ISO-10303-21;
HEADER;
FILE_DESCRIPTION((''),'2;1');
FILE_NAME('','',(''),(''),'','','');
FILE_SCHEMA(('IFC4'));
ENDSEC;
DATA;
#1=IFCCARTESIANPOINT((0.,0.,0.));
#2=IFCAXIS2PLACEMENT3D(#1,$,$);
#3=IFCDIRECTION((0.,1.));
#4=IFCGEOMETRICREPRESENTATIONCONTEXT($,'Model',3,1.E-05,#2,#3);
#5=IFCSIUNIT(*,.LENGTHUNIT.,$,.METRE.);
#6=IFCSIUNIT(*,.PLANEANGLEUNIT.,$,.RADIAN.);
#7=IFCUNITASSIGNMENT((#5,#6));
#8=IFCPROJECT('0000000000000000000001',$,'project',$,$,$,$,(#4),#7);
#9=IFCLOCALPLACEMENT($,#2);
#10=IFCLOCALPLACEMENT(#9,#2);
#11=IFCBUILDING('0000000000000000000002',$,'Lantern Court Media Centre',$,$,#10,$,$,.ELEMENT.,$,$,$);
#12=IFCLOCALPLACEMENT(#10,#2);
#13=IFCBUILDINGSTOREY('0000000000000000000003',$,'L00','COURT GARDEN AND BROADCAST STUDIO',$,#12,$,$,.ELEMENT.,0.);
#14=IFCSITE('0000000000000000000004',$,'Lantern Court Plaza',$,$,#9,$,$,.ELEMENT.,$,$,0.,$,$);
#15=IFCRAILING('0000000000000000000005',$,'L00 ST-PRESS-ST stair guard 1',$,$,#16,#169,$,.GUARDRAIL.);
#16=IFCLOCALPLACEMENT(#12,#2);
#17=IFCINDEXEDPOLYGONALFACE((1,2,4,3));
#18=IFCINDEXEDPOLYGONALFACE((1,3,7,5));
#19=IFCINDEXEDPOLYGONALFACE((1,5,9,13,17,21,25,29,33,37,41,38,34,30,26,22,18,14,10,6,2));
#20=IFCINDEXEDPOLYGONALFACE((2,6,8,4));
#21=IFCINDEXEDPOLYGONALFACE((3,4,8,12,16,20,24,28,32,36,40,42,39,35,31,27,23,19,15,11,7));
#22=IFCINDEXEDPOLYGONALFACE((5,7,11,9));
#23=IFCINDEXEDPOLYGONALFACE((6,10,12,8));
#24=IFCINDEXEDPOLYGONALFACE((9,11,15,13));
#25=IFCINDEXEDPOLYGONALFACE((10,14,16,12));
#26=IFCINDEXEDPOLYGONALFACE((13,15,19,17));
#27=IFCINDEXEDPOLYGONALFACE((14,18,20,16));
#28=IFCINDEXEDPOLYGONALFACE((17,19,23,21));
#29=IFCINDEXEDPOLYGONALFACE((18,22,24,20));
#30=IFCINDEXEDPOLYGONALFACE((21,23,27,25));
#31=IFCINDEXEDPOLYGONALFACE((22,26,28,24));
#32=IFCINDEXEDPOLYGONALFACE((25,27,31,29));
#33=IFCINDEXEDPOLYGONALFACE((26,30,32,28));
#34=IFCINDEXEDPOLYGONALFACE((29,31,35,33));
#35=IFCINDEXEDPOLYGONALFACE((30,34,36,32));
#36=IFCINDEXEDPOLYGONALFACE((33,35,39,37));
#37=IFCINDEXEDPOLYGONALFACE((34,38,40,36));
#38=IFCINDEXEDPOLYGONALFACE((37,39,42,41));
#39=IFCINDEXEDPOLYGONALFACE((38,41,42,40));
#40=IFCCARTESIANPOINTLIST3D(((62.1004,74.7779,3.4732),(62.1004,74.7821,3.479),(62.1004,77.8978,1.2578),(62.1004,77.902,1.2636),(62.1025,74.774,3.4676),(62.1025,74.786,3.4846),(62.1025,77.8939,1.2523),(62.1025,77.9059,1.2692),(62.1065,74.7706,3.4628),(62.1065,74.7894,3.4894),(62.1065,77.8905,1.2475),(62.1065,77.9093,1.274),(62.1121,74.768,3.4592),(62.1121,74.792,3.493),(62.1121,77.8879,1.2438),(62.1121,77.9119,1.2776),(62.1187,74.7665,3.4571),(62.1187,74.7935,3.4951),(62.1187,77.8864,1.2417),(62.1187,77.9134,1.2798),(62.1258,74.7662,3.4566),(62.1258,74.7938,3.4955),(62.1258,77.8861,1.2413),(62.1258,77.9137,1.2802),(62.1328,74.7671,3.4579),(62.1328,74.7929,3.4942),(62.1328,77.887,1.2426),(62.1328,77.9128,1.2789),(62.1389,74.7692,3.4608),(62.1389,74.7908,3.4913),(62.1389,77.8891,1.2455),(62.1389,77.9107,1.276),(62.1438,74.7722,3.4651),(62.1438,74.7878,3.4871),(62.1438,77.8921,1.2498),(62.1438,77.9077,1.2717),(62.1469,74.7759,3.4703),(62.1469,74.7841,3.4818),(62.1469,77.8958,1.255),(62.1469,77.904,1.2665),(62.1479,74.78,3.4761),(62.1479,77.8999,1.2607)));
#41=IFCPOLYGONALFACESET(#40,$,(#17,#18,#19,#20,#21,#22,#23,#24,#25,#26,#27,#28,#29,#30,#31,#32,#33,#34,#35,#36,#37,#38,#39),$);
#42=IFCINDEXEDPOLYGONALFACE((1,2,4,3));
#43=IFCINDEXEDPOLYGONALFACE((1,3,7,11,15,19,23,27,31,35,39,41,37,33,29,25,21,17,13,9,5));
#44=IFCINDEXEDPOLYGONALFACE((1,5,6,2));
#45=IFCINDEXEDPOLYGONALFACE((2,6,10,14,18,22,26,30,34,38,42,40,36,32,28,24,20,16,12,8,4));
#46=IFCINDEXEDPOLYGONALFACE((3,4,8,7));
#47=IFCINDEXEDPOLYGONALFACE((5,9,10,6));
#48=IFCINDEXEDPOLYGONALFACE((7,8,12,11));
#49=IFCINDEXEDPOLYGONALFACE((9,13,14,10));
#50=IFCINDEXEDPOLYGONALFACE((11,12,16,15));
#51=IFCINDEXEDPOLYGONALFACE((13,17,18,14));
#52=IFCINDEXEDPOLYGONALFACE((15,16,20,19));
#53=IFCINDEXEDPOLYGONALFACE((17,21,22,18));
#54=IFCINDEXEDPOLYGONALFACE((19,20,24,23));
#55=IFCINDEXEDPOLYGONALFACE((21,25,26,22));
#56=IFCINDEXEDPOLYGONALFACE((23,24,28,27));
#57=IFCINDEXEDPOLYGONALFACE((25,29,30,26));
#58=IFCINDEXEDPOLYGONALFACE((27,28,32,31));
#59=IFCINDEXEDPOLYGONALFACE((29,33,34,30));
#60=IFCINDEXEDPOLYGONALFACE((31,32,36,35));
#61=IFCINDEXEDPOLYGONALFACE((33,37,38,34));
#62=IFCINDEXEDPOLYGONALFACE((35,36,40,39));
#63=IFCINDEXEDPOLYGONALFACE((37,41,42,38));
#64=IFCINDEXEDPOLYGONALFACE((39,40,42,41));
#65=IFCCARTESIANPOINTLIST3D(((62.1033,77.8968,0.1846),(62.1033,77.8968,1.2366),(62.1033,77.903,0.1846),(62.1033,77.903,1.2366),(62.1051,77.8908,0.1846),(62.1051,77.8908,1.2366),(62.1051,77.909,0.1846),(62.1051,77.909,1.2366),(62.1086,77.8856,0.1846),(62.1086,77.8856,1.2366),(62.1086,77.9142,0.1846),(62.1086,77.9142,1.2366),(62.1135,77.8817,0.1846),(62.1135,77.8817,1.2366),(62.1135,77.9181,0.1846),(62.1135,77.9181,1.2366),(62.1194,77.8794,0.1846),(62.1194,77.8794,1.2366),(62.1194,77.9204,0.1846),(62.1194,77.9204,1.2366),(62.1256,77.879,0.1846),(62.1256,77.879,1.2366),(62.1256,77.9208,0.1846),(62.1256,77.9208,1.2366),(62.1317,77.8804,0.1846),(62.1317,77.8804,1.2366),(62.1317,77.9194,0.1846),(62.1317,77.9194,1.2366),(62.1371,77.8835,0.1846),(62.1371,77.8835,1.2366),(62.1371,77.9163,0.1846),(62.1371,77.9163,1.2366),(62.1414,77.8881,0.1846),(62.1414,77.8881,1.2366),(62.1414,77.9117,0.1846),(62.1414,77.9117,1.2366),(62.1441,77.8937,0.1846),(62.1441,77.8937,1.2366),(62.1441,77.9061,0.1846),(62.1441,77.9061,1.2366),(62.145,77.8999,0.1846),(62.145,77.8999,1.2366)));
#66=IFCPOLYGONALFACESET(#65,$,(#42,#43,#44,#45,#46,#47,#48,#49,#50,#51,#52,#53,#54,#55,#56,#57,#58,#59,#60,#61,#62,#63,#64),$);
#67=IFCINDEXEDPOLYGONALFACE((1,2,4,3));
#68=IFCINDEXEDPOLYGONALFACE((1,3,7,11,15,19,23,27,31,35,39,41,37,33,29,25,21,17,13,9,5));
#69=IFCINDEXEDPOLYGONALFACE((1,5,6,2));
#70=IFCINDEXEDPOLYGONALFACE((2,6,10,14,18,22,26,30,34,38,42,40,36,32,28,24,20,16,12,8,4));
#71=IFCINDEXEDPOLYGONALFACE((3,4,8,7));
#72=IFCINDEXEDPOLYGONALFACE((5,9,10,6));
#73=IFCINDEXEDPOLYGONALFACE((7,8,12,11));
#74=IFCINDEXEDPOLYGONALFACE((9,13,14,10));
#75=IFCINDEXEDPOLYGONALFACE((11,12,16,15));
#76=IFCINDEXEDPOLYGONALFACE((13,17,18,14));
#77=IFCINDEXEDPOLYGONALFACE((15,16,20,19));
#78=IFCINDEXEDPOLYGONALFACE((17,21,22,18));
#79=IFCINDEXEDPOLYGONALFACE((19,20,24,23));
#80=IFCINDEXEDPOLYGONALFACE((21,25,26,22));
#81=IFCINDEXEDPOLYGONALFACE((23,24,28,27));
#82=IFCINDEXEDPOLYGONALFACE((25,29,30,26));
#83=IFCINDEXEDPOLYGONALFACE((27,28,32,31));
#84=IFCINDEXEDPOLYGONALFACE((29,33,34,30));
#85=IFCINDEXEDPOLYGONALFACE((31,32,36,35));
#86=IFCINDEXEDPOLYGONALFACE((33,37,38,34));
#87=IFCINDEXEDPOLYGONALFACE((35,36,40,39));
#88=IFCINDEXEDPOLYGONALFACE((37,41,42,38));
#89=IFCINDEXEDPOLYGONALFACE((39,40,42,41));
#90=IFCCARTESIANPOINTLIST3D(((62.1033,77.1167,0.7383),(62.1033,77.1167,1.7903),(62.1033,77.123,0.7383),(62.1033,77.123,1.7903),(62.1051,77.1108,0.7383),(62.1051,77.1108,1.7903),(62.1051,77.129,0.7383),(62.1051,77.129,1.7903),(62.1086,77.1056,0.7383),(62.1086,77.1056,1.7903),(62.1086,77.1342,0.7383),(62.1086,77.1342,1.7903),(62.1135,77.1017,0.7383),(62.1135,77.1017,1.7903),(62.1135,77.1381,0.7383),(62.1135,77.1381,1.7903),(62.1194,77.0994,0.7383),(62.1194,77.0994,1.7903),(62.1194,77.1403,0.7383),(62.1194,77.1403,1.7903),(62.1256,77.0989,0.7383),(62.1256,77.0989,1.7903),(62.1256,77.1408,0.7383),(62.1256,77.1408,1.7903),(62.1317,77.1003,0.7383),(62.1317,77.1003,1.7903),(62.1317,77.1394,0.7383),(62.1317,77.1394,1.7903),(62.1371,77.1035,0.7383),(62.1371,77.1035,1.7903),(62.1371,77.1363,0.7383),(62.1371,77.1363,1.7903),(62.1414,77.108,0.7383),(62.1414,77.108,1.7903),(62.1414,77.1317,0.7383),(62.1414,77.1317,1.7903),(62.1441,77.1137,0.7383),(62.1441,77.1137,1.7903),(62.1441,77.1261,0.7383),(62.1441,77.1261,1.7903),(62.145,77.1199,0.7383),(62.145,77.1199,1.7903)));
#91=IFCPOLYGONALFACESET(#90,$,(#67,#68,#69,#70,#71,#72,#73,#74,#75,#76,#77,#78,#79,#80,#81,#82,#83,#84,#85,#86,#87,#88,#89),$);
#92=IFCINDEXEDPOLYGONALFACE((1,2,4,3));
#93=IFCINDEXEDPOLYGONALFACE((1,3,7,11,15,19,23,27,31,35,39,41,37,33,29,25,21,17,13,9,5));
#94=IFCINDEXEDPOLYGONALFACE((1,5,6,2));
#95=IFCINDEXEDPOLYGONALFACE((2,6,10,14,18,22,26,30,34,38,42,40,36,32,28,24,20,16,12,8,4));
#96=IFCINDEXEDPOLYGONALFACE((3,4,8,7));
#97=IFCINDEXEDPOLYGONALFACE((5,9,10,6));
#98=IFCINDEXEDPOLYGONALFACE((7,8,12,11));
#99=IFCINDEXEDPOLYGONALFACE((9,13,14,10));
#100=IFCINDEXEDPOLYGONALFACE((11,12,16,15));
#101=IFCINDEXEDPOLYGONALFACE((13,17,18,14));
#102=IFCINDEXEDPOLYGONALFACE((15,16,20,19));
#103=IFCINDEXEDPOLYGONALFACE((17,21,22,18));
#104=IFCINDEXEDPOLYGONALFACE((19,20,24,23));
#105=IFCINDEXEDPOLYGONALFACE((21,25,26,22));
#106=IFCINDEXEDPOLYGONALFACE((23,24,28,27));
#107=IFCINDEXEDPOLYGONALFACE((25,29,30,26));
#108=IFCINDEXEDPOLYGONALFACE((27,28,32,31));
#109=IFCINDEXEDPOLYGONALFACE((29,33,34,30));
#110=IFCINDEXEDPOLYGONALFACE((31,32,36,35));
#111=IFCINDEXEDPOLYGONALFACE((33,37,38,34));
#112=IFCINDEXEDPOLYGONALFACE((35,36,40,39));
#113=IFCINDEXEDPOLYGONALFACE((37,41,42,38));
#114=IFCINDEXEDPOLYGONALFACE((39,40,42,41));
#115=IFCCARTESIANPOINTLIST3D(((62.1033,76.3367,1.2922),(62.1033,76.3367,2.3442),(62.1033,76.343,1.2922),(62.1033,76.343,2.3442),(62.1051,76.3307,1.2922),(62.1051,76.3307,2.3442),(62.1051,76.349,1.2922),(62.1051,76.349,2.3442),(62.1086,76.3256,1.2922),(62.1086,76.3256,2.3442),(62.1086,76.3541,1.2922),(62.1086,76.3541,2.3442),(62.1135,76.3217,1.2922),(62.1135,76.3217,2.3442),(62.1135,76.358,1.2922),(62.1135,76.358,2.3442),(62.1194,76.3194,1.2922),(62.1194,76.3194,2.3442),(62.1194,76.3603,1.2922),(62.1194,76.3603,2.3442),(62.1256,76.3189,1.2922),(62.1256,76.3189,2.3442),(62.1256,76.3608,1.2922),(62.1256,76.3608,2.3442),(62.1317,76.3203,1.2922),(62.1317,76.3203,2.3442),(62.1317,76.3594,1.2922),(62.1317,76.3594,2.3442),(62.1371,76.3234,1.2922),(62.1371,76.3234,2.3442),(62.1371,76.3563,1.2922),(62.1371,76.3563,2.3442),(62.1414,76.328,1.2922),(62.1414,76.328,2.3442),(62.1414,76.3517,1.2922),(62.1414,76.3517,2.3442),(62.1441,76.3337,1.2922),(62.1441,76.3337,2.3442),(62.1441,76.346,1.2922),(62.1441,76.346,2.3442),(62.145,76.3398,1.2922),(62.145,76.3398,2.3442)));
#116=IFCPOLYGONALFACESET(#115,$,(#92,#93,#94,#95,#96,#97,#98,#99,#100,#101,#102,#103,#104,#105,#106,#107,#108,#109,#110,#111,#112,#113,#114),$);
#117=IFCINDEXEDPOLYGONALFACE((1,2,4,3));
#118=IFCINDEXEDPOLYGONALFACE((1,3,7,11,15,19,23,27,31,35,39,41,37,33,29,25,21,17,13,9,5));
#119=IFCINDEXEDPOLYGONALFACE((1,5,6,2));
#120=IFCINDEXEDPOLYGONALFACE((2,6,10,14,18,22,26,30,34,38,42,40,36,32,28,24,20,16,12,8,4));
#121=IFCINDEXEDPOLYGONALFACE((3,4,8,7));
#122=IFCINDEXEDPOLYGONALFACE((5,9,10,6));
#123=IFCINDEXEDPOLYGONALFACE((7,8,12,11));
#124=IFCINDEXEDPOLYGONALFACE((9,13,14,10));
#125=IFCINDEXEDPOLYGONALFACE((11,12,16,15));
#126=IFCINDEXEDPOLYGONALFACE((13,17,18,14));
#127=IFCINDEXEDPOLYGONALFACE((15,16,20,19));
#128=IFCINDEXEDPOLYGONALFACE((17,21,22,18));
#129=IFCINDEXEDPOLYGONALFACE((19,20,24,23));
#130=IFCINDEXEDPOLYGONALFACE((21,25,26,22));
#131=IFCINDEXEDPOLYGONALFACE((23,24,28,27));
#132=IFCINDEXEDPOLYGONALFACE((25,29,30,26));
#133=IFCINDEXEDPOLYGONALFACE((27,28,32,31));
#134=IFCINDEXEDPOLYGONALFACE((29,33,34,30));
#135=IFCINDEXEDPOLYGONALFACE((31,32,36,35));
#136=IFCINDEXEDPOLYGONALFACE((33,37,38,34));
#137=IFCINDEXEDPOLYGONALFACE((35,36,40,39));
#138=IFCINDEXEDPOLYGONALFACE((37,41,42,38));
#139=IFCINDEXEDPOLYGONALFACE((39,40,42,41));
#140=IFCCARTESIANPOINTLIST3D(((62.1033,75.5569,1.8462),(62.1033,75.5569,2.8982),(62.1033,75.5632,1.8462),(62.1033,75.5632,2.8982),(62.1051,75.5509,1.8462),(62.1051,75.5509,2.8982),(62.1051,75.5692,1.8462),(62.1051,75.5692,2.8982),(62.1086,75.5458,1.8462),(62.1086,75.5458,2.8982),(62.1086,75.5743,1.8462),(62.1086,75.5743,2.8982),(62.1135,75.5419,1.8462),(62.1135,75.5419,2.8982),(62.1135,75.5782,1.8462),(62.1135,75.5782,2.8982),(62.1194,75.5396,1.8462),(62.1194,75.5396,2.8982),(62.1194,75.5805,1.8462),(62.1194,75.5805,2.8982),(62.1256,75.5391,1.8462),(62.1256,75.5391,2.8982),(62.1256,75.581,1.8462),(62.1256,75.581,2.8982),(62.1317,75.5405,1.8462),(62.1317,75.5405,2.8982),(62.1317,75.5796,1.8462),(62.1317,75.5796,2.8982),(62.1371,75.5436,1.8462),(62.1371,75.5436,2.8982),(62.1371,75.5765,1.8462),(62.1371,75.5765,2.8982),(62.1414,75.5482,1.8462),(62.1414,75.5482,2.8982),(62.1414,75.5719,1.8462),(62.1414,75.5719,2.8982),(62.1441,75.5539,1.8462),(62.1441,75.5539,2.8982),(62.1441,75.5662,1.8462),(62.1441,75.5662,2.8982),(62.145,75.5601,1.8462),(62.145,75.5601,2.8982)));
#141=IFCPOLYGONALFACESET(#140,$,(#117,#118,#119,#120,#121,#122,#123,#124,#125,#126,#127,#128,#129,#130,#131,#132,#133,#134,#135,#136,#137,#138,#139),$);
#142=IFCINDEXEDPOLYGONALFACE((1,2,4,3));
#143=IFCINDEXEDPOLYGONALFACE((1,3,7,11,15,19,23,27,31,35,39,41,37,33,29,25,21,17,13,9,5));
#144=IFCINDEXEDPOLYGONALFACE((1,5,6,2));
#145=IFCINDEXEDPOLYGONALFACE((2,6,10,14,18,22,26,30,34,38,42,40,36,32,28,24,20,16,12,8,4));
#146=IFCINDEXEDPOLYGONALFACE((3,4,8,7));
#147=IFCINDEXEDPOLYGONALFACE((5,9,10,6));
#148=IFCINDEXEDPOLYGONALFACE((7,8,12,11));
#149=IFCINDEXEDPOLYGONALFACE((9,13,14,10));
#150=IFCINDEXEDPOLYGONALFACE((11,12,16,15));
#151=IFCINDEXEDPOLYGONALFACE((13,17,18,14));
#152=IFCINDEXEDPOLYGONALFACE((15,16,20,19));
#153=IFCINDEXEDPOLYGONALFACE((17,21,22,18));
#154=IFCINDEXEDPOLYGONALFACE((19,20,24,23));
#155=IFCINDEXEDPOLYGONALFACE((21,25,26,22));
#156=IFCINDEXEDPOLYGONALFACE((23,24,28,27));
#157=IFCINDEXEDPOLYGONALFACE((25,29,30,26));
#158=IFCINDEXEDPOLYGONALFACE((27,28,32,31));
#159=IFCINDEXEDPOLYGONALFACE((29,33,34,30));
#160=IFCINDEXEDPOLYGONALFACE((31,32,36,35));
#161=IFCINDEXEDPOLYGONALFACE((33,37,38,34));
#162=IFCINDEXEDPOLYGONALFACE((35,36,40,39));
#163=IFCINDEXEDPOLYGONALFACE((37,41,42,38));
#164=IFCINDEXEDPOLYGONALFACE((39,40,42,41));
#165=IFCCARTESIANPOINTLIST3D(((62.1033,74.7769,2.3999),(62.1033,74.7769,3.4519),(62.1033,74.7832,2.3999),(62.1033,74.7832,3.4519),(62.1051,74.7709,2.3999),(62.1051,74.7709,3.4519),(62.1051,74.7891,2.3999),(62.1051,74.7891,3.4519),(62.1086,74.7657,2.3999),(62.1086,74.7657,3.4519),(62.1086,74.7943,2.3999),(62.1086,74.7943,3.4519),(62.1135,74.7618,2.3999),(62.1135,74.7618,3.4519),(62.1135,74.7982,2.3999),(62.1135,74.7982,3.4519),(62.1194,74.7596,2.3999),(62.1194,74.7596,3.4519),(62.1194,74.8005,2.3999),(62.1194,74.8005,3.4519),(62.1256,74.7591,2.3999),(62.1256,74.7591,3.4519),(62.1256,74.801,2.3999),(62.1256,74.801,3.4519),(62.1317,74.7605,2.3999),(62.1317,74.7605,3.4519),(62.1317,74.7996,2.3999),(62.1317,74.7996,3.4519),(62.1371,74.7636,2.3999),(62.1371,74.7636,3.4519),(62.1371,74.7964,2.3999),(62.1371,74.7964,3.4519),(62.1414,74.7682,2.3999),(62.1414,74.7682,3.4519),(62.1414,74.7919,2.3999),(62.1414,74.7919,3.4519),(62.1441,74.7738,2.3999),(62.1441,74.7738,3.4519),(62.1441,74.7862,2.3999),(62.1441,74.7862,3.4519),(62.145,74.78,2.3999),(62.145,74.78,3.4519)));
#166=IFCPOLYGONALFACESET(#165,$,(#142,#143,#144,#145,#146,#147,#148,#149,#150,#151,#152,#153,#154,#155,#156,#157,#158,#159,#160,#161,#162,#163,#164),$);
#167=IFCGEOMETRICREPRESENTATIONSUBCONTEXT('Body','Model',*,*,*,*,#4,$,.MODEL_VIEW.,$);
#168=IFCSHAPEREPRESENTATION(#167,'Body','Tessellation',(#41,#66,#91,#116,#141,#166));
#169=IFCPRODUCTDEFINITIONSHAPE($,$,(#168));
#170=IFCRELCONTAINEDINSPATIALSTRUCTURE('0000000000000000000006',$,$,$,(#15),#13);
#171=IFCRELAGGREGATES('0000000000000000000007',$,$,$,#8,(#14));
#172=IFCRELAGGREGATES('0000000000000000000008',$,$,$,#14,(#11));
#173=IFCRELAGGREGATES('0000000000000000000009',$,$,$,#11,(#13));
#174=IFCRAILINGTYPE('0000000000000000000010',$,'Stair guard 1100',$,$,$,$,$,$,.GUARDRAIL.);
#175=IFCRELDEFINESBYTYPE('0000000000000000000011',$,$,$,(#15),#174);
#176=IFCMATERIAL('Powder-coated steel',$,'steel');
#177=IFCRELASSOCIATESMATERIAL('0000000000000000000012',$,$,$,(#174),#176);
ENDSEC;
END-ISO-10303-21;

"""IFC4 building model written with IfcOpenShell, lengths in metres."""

from ifc_helpers import new_model, si_unit, direction, frame, origin, origin_2d, place, context, subcontext, project, spatial, circle, extrude, material, type_object, element, save


model = new_model("IFC4")

# Units and contexts
model_context = context("Model", 3, precision=1e-05, world=origin(), true_north=direction((0.0, 1.0)))
body_context = subcontext(model_context, "Body", "Model", "MODEL_VIEW")
ifc_project = project(units=[si_unit("LENGTHUNIT", "METRE"), si_unit("PLANEANGLEUNIT", "RADIAN")], contexts=[model_context])

# Site, building, storey
site_placement = place(None, origin())
site = spatial("IfcSite", under=ifc_project, at=site_placement, Name="Lantern Court Plaza", CompositionType="ELEMENT", RefElevation=0.0)
building_placement = place(site_placement, origin())
building = spatial("IfcBuilding", under=site, at=building_placement, Name="Lantern Court Media Centre", CompositionType="ELEMENT")
storey_placement = place(building_placement, origin())
storey = spatial("IfcBuildingStorey", under=building, at=storey_placement, Name="L00", Description="COURT GARDEN AND BROADCAST STUDIO", CompositionType="ELEMENT", Elevation=0.0)

# Railing
ifc_material_1 = material(Name="Powder-coated steel", Category="steel")
railing_type_1 = type_object("IfcRailingType", Name="Stair guard 1100", PredefinedType="GUARDRAIL", material=ifc_material_1)
railing_1_placement = place(storey_placement, frame((62.124, 77.8999, 0.1846)))
element("IfcRailing", 1, at=railing_1_placement, inside=storey, type_object=railing_type_1, Name="L00 ST-PRESS-ST stair guard 1", PredefinedType="GUARDRAIL", context=body_context, shape_type="SweptSolid", body=[
    extrude(circle(Radius=0.0239, at=origin_2d()), frame((0.0, 0.0, 1.0762), z_axis=(0.0, -0.815356, 0.578961), x_axis=(1.0, 0.0, 0.0)), (0.0, 0.0, 1.0), 3.8264),
    extrude(circle(Radius=0.021, at=origin_2d()), origin(), (0.0, 0.0, 1.0), 1.052),
    extrude(circle(Radius=0.021, at=origin_2d()), frame((0.0, -0.78, 0.5537)), (0.0, 0.0, 1.0), 1.052),
    extrude(circle(Radius=0.021, at=origin_2d()), frame((0.0, -1.5601, 1.1077)), (0.0, 0.0, 1.0), 1.052),
    extrude(circle(Radius=0.021, at=origin_2d()), frame((0.0, -2.3398, 1.6616)), (0.0, 0.0, 1.0), 1.052),
    extrude(circle(Radius=0.021, at=origin_2d()), frame((0.0, -3.1199, 2.2153)), (0.0, 0.0, 1.0), 1.052),
])

save(model, "model.ifc")
